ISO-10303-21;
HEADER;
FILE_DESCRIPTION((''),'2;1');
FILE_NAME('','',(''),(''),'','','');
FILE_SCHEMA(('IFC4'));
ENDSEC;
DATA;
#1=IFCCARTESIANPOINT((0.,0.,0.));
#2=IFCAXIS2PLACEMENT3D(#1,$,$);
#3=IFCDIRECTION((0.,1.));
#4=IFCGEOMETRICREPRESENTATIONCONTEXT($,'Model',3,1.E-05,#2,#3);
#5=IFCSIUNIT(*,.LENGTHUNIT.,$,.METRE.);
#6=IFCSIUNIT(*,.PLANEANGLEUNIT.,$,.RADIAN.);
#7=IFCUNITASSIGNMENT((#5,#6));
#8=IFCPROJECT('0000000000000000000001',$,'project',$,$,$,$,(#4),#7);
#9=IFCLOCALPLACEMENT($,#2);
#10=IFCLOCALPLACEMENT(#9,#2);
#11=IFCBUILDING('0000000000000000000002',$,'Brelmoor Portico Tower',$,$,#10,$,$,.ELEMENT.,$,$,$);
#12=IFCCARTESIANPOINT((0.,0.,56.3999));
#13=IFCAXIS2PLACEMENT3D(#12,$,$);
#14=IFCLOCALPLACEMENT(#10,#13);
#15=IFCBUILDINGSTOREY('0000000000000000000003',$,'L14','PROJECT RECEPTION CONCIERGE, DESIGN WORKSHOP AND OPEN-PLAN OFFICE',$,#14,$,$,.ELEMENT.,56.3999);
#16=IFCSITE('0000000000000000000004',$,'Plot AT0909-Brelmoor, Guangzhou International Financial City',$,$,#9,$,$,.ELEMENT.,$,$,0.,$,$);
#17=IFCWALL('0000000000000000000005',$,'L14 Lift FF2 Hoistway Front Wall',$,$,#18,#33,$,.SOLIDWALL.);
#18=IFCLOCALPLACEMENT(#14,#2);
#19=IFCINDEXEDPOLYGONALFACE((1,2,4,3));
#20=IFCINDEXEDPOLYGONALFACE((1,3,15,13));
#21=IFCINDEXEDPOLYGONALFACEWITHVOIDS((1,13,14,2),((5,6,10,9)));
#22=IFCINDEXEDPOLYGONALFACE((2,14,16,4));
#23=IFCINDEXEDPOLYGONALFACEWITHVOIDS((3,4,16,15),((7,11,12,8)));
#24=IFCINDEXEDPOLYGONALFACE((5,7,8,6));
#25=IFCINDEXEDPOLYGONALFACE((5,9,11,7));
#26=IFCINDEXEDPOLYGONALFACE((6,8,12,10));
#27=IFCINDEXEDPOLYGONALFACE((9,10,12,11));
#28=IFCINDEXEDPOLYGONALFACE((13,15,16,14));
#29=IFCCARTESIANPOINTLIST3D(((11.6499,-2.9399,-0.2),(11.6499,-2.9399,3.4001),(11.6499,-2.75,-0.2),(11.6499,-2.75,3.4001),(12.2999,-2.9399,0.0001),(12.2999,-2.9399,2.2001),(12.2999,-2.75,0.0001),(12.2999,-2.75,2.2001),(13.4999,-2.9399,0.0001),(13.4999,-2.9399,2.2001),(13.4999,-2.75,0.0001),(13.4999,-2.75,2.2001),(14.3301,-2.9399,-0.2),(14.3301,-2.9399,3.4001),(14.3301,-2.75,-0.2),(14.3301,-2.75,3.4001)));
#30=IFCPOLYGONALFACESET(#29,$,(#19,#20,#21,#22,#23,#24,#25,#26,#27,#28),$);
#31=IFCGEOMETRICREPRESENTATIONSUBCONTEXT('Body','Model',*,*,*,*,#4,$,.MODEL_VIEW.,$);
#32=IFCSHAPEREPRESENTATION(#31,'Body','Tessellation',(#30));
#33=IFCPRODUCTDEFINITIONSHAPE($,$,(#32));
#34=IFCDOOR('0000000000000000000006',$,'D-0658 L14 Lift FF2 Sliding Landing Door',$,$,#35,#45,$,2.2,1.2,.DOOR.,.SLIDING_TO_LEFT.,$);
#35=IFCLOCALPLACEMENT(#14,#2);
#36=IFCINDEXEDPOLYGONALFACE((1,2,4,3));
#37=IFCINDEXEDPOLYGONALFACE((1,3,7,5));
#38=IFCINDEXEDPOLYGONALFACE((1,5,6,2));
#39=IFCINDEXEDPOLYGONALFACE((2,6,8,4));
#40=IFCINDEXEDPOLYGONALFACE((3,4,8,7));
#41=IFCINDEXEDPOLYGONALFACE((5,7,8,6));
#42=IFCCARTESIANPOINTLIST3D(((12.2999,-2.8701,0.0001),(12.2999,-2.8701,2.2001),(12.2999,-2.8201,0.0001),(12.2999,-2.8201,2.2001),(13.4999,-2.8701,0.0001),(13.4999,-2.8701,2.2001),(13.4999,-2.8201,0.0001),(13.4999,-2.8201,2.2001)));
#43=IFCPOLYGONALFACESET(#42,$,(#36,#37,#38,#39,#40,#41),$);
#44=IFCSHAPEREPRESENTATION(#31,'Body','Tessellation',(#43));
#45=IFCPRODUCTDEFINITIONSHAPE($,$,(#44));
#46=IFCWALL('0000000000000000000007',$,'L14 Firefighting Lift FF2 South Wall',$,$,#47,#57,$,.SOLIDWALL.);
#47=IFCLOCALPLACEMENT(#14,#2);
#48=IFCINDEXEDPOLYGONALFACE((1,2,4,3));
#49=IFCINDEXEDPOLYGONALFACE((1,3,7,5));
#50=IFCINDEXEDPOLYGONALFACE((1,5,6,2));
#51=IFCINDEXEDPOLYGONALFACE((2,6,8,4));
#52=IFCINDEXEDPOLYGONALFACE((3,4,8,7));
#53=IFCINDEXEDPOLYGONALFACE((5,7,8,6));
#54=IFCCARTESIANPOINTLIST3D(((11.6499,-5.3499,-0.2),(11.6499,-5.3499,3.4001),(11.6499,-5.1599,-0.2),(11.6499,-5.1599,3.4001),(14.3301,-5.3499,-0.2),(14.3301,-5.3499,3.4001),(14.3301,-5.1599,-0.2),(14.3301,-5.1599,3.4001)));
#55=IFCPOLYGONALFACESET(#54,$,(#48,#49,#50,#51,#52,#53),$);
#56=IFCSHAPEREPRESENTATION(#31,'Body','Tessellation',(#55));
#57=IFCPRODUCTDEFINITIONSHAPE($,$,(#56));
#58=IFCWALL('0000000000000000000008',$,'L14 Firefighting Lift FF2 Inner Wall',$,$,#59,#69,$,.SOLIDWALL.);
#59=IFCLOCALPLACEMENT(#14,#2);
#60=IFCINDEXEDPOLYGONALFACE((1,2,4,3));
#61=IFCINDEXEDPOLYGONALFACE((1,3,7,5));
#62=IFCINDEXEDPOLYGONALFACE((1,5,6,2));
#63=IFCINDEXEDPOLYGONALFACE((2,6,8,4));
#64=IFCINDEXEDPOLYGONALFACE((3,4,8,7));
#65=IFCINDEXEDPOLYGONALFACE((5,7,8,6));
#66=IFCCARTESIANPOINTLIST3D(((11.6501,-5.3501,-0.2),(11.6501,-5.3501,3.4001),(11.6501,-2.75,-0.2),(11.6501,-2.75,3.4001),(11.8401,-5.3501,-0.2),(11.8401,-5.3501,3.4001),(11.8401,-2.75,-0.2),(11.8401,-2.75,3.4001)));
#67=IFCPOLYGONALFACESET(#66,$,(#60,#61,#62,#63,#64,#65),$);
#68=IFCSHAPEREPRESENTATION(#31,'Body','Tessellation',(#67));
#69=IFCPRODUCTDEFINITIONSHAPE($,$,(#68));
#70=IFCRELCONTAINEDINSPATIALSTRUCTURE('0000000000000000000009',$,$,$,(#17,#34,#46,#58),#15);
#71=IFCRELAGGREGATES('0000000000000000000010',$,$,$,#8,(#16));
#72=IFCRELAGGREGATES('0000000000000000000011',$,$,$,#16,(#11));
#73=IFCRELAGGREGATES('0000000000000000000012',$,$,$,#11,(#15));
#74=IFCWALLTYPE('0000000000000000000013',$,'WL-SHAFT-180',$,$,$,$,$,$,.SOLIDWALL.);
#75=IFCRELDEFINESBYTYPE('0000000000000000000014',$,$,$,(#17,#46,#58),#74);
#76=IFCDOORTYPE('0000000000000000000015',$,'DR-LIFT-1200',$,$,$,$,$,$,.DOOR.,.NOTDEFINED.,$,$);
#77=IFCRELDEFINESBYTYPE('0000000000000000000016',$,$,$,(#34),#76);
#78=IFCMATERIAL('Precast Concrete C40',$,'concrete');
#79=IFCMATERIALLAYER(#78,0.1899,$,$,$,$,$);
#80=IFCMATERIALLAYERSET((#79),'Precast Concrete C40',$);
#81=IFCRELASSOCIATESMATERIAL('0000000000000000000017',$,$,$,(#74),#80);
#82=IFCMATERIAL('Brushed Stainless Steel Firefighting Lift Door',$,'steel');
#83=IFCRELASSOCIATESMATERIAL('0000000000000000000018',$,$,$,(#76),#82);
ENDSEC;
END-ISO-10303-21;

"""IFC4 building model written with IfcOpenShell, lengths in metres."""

from ifc_helpers import new_model, si_unit, direction, frame, frame_2d, origin, place, context, subcontext, project, spatial, rectangle, extrude, material, layer, layer_set, type_object, element, fill, save


model = new_model("IFC4")

# Units and contexts
model_context = context("Model", 3, precision=1e-05, world=origin(), true_north=direction((0.0, 1.0)))
body_context = subcontext(model_context, "Body", "Model", "MODEL_VIEW")
ifc_project = project(units=[si_unit("LENGTHUNIT", "METRE"), si_unit("PLANEANGLEUNIT", "RADIAN")], contexts=[model_context])

# Site, building, storey
site_placement = place(None, origin())
site = spatial("IfcSite", under=ifc_project, at=site_placement, Name="Plot AT0909-Brelmoor, Guangzhou International Financial City", CompositionType="ELEMENT", RefElevation=0.0)
building_placement = place(site_placement, origin())
building = spatial("IfcBuilding", under=site, at=building_placement, Name="Brelmoor Portico Tower", CompositionType="ELEMENT")
storey_placement = place(building_placement, frame((0.0, 0.0, 56.3999)))
storey = spatial("IfcBuildingStorey", under=building, at=storey_placement, Name="L14", Description="PROJECT RECEPTION CONCIERGE, DESIGN WORKSHOP AND OPEN-PLAN OFFICE", CompositionType="ELEMENT", Elevation=56.3999)

# Shared definitions
ifc_material_1 = material(Name="Precast Concrete C40", Category="concrete")
ifc_layer_1 = layer(ifc_material_1, 0.1899)
ifc_layer_set_1 = layer_set([ifc_layer_1], Name="Precast Concrete C40")
wall_type_1 = type_object("IfcWallType", Name="WL-SHAFT-180", PredefinedType="SOLIDWALL", material=ifc_layer_set_1)

# Wall, opening, door
wall_1_placement = place(storey_placement, frame((11.6499, -2.845, -0.2), z_axis=(0.0, 0.0, 1.0), x_axis=(1.0, 0.0, 0.0)))
wall_1 = element("IfcWall", 1, at=wall_1_placement, inside=storey, type_object=wall_type_1, Name="L14 Lift FF2 Hoistway Front Wall", PredefinedType="SOLIDWALL", context=body_context, shape_type="SweptSolid", body=[
    extrude(rectangle(XDim=2.6802, YDim=0.1899, at=frame_2d((1.3401, 0.0))), origin(), (0.0, 0.0, 1.0), 3.6001),
])
opening_1_placement = place(wall_1_placement, frame((0.6499, 0.0, 0.2)))
opening_1 = element("IfcOpeningElement", 2, at=opening_1_placement, cuts=wall_1, PredefinedType="OPENING", context=body_context, shape_type="SweptSolid", body=[
    extrude(rectangle(XDim=1.2, YDim=2.2, at=frame_2d((0.6001, 1.1001))), frame((0.0, 0.105, 0.0), z_axis=(0.0, -1.0, 0.0), x_axis=(1.0, 0.0, 0.0)), (0.0, 0.0, 1.0), 0.21),
])
ifc_material_2 = material(Name="Brushed Stainless Steel Firefighting Lift Door", Category="steel")
door_type_1 = type_object("IfcDoorType", Name="DR-LIFT-1200", OperationType="NOTDEFINED", PredefinedType="DOOR", material=ifc_material_2)
door_1_placement = place(opening_1_placement, origin())
door_1 = element("IfcDoor", 3, at=door_1_placement, inside=storey, type_object=door_type_1, Name="D-0658 L14 Lift FF2 Sliding Landing Door", OperationType="SLIDING_TO_LEFT", OverallHeight=2.2, OverallWidth=1.2, PredefinedType="DOOR", context=body_context, shape_type="SweptSolid", body=[
    extrude(rectangle(XDim=1.2, YDim=2.2, at=frame_2d((0.6001, 1.1001))), frame((0.0, 0.0249, 0.0), z_axis=(0.0, -1.0, 0.0), x_axis=(1.0, 0.0, 0.0)), (0.0, 0.0, 1.0), 0.05),
])
fill(opening_1, door_1)

# Walls
wall_2_placement = place(storey_placement, frame((11.6499, -5.2549, -0.2), z_axis=(0.0, 0.0, 1.0), x_axis=(1.0, 0.0, 0.0)))
element("IfcWall", 4, at=wall_2_placement, inside=storey, type_object=wall_type_1, Name="L14 Firefighting Lift FF2 South Wall", PredefinedType="SOLIDWALL", context=body_context, shape_type="SweptSolid", body=[
    extrude(rectangle(XDim=2.6802, YDim=0.1899, at=frame_2d((1.3401, 0.0))), origin(), (0.0, 0.0, 1.0), 3.6001),
])
wall_3_placement = place(storey_placement, frame((11.7451, -5.3501, -0.2), z_axis=(0.0, 0.0, 1.0), x_axis=(0.0, 1.0, 0.0)))
element("IfcWall", 5, at=wall_3_placement, inside=storey, type_object=wall_type_1, Name="L14 Firefighting Lift FF2 Inner Wall", PredefinedType="SOLIDWALL", context=body_context, shape_type="SweptSolid", body=[
    extrude(rectangle(XDim=2.6001, YDim=0.1899, at=frame_2d((1.3, 0.0))), origin(), (0.0, 0.0, 1.0), 3.6001),
])

save(model, "model.ifc")
